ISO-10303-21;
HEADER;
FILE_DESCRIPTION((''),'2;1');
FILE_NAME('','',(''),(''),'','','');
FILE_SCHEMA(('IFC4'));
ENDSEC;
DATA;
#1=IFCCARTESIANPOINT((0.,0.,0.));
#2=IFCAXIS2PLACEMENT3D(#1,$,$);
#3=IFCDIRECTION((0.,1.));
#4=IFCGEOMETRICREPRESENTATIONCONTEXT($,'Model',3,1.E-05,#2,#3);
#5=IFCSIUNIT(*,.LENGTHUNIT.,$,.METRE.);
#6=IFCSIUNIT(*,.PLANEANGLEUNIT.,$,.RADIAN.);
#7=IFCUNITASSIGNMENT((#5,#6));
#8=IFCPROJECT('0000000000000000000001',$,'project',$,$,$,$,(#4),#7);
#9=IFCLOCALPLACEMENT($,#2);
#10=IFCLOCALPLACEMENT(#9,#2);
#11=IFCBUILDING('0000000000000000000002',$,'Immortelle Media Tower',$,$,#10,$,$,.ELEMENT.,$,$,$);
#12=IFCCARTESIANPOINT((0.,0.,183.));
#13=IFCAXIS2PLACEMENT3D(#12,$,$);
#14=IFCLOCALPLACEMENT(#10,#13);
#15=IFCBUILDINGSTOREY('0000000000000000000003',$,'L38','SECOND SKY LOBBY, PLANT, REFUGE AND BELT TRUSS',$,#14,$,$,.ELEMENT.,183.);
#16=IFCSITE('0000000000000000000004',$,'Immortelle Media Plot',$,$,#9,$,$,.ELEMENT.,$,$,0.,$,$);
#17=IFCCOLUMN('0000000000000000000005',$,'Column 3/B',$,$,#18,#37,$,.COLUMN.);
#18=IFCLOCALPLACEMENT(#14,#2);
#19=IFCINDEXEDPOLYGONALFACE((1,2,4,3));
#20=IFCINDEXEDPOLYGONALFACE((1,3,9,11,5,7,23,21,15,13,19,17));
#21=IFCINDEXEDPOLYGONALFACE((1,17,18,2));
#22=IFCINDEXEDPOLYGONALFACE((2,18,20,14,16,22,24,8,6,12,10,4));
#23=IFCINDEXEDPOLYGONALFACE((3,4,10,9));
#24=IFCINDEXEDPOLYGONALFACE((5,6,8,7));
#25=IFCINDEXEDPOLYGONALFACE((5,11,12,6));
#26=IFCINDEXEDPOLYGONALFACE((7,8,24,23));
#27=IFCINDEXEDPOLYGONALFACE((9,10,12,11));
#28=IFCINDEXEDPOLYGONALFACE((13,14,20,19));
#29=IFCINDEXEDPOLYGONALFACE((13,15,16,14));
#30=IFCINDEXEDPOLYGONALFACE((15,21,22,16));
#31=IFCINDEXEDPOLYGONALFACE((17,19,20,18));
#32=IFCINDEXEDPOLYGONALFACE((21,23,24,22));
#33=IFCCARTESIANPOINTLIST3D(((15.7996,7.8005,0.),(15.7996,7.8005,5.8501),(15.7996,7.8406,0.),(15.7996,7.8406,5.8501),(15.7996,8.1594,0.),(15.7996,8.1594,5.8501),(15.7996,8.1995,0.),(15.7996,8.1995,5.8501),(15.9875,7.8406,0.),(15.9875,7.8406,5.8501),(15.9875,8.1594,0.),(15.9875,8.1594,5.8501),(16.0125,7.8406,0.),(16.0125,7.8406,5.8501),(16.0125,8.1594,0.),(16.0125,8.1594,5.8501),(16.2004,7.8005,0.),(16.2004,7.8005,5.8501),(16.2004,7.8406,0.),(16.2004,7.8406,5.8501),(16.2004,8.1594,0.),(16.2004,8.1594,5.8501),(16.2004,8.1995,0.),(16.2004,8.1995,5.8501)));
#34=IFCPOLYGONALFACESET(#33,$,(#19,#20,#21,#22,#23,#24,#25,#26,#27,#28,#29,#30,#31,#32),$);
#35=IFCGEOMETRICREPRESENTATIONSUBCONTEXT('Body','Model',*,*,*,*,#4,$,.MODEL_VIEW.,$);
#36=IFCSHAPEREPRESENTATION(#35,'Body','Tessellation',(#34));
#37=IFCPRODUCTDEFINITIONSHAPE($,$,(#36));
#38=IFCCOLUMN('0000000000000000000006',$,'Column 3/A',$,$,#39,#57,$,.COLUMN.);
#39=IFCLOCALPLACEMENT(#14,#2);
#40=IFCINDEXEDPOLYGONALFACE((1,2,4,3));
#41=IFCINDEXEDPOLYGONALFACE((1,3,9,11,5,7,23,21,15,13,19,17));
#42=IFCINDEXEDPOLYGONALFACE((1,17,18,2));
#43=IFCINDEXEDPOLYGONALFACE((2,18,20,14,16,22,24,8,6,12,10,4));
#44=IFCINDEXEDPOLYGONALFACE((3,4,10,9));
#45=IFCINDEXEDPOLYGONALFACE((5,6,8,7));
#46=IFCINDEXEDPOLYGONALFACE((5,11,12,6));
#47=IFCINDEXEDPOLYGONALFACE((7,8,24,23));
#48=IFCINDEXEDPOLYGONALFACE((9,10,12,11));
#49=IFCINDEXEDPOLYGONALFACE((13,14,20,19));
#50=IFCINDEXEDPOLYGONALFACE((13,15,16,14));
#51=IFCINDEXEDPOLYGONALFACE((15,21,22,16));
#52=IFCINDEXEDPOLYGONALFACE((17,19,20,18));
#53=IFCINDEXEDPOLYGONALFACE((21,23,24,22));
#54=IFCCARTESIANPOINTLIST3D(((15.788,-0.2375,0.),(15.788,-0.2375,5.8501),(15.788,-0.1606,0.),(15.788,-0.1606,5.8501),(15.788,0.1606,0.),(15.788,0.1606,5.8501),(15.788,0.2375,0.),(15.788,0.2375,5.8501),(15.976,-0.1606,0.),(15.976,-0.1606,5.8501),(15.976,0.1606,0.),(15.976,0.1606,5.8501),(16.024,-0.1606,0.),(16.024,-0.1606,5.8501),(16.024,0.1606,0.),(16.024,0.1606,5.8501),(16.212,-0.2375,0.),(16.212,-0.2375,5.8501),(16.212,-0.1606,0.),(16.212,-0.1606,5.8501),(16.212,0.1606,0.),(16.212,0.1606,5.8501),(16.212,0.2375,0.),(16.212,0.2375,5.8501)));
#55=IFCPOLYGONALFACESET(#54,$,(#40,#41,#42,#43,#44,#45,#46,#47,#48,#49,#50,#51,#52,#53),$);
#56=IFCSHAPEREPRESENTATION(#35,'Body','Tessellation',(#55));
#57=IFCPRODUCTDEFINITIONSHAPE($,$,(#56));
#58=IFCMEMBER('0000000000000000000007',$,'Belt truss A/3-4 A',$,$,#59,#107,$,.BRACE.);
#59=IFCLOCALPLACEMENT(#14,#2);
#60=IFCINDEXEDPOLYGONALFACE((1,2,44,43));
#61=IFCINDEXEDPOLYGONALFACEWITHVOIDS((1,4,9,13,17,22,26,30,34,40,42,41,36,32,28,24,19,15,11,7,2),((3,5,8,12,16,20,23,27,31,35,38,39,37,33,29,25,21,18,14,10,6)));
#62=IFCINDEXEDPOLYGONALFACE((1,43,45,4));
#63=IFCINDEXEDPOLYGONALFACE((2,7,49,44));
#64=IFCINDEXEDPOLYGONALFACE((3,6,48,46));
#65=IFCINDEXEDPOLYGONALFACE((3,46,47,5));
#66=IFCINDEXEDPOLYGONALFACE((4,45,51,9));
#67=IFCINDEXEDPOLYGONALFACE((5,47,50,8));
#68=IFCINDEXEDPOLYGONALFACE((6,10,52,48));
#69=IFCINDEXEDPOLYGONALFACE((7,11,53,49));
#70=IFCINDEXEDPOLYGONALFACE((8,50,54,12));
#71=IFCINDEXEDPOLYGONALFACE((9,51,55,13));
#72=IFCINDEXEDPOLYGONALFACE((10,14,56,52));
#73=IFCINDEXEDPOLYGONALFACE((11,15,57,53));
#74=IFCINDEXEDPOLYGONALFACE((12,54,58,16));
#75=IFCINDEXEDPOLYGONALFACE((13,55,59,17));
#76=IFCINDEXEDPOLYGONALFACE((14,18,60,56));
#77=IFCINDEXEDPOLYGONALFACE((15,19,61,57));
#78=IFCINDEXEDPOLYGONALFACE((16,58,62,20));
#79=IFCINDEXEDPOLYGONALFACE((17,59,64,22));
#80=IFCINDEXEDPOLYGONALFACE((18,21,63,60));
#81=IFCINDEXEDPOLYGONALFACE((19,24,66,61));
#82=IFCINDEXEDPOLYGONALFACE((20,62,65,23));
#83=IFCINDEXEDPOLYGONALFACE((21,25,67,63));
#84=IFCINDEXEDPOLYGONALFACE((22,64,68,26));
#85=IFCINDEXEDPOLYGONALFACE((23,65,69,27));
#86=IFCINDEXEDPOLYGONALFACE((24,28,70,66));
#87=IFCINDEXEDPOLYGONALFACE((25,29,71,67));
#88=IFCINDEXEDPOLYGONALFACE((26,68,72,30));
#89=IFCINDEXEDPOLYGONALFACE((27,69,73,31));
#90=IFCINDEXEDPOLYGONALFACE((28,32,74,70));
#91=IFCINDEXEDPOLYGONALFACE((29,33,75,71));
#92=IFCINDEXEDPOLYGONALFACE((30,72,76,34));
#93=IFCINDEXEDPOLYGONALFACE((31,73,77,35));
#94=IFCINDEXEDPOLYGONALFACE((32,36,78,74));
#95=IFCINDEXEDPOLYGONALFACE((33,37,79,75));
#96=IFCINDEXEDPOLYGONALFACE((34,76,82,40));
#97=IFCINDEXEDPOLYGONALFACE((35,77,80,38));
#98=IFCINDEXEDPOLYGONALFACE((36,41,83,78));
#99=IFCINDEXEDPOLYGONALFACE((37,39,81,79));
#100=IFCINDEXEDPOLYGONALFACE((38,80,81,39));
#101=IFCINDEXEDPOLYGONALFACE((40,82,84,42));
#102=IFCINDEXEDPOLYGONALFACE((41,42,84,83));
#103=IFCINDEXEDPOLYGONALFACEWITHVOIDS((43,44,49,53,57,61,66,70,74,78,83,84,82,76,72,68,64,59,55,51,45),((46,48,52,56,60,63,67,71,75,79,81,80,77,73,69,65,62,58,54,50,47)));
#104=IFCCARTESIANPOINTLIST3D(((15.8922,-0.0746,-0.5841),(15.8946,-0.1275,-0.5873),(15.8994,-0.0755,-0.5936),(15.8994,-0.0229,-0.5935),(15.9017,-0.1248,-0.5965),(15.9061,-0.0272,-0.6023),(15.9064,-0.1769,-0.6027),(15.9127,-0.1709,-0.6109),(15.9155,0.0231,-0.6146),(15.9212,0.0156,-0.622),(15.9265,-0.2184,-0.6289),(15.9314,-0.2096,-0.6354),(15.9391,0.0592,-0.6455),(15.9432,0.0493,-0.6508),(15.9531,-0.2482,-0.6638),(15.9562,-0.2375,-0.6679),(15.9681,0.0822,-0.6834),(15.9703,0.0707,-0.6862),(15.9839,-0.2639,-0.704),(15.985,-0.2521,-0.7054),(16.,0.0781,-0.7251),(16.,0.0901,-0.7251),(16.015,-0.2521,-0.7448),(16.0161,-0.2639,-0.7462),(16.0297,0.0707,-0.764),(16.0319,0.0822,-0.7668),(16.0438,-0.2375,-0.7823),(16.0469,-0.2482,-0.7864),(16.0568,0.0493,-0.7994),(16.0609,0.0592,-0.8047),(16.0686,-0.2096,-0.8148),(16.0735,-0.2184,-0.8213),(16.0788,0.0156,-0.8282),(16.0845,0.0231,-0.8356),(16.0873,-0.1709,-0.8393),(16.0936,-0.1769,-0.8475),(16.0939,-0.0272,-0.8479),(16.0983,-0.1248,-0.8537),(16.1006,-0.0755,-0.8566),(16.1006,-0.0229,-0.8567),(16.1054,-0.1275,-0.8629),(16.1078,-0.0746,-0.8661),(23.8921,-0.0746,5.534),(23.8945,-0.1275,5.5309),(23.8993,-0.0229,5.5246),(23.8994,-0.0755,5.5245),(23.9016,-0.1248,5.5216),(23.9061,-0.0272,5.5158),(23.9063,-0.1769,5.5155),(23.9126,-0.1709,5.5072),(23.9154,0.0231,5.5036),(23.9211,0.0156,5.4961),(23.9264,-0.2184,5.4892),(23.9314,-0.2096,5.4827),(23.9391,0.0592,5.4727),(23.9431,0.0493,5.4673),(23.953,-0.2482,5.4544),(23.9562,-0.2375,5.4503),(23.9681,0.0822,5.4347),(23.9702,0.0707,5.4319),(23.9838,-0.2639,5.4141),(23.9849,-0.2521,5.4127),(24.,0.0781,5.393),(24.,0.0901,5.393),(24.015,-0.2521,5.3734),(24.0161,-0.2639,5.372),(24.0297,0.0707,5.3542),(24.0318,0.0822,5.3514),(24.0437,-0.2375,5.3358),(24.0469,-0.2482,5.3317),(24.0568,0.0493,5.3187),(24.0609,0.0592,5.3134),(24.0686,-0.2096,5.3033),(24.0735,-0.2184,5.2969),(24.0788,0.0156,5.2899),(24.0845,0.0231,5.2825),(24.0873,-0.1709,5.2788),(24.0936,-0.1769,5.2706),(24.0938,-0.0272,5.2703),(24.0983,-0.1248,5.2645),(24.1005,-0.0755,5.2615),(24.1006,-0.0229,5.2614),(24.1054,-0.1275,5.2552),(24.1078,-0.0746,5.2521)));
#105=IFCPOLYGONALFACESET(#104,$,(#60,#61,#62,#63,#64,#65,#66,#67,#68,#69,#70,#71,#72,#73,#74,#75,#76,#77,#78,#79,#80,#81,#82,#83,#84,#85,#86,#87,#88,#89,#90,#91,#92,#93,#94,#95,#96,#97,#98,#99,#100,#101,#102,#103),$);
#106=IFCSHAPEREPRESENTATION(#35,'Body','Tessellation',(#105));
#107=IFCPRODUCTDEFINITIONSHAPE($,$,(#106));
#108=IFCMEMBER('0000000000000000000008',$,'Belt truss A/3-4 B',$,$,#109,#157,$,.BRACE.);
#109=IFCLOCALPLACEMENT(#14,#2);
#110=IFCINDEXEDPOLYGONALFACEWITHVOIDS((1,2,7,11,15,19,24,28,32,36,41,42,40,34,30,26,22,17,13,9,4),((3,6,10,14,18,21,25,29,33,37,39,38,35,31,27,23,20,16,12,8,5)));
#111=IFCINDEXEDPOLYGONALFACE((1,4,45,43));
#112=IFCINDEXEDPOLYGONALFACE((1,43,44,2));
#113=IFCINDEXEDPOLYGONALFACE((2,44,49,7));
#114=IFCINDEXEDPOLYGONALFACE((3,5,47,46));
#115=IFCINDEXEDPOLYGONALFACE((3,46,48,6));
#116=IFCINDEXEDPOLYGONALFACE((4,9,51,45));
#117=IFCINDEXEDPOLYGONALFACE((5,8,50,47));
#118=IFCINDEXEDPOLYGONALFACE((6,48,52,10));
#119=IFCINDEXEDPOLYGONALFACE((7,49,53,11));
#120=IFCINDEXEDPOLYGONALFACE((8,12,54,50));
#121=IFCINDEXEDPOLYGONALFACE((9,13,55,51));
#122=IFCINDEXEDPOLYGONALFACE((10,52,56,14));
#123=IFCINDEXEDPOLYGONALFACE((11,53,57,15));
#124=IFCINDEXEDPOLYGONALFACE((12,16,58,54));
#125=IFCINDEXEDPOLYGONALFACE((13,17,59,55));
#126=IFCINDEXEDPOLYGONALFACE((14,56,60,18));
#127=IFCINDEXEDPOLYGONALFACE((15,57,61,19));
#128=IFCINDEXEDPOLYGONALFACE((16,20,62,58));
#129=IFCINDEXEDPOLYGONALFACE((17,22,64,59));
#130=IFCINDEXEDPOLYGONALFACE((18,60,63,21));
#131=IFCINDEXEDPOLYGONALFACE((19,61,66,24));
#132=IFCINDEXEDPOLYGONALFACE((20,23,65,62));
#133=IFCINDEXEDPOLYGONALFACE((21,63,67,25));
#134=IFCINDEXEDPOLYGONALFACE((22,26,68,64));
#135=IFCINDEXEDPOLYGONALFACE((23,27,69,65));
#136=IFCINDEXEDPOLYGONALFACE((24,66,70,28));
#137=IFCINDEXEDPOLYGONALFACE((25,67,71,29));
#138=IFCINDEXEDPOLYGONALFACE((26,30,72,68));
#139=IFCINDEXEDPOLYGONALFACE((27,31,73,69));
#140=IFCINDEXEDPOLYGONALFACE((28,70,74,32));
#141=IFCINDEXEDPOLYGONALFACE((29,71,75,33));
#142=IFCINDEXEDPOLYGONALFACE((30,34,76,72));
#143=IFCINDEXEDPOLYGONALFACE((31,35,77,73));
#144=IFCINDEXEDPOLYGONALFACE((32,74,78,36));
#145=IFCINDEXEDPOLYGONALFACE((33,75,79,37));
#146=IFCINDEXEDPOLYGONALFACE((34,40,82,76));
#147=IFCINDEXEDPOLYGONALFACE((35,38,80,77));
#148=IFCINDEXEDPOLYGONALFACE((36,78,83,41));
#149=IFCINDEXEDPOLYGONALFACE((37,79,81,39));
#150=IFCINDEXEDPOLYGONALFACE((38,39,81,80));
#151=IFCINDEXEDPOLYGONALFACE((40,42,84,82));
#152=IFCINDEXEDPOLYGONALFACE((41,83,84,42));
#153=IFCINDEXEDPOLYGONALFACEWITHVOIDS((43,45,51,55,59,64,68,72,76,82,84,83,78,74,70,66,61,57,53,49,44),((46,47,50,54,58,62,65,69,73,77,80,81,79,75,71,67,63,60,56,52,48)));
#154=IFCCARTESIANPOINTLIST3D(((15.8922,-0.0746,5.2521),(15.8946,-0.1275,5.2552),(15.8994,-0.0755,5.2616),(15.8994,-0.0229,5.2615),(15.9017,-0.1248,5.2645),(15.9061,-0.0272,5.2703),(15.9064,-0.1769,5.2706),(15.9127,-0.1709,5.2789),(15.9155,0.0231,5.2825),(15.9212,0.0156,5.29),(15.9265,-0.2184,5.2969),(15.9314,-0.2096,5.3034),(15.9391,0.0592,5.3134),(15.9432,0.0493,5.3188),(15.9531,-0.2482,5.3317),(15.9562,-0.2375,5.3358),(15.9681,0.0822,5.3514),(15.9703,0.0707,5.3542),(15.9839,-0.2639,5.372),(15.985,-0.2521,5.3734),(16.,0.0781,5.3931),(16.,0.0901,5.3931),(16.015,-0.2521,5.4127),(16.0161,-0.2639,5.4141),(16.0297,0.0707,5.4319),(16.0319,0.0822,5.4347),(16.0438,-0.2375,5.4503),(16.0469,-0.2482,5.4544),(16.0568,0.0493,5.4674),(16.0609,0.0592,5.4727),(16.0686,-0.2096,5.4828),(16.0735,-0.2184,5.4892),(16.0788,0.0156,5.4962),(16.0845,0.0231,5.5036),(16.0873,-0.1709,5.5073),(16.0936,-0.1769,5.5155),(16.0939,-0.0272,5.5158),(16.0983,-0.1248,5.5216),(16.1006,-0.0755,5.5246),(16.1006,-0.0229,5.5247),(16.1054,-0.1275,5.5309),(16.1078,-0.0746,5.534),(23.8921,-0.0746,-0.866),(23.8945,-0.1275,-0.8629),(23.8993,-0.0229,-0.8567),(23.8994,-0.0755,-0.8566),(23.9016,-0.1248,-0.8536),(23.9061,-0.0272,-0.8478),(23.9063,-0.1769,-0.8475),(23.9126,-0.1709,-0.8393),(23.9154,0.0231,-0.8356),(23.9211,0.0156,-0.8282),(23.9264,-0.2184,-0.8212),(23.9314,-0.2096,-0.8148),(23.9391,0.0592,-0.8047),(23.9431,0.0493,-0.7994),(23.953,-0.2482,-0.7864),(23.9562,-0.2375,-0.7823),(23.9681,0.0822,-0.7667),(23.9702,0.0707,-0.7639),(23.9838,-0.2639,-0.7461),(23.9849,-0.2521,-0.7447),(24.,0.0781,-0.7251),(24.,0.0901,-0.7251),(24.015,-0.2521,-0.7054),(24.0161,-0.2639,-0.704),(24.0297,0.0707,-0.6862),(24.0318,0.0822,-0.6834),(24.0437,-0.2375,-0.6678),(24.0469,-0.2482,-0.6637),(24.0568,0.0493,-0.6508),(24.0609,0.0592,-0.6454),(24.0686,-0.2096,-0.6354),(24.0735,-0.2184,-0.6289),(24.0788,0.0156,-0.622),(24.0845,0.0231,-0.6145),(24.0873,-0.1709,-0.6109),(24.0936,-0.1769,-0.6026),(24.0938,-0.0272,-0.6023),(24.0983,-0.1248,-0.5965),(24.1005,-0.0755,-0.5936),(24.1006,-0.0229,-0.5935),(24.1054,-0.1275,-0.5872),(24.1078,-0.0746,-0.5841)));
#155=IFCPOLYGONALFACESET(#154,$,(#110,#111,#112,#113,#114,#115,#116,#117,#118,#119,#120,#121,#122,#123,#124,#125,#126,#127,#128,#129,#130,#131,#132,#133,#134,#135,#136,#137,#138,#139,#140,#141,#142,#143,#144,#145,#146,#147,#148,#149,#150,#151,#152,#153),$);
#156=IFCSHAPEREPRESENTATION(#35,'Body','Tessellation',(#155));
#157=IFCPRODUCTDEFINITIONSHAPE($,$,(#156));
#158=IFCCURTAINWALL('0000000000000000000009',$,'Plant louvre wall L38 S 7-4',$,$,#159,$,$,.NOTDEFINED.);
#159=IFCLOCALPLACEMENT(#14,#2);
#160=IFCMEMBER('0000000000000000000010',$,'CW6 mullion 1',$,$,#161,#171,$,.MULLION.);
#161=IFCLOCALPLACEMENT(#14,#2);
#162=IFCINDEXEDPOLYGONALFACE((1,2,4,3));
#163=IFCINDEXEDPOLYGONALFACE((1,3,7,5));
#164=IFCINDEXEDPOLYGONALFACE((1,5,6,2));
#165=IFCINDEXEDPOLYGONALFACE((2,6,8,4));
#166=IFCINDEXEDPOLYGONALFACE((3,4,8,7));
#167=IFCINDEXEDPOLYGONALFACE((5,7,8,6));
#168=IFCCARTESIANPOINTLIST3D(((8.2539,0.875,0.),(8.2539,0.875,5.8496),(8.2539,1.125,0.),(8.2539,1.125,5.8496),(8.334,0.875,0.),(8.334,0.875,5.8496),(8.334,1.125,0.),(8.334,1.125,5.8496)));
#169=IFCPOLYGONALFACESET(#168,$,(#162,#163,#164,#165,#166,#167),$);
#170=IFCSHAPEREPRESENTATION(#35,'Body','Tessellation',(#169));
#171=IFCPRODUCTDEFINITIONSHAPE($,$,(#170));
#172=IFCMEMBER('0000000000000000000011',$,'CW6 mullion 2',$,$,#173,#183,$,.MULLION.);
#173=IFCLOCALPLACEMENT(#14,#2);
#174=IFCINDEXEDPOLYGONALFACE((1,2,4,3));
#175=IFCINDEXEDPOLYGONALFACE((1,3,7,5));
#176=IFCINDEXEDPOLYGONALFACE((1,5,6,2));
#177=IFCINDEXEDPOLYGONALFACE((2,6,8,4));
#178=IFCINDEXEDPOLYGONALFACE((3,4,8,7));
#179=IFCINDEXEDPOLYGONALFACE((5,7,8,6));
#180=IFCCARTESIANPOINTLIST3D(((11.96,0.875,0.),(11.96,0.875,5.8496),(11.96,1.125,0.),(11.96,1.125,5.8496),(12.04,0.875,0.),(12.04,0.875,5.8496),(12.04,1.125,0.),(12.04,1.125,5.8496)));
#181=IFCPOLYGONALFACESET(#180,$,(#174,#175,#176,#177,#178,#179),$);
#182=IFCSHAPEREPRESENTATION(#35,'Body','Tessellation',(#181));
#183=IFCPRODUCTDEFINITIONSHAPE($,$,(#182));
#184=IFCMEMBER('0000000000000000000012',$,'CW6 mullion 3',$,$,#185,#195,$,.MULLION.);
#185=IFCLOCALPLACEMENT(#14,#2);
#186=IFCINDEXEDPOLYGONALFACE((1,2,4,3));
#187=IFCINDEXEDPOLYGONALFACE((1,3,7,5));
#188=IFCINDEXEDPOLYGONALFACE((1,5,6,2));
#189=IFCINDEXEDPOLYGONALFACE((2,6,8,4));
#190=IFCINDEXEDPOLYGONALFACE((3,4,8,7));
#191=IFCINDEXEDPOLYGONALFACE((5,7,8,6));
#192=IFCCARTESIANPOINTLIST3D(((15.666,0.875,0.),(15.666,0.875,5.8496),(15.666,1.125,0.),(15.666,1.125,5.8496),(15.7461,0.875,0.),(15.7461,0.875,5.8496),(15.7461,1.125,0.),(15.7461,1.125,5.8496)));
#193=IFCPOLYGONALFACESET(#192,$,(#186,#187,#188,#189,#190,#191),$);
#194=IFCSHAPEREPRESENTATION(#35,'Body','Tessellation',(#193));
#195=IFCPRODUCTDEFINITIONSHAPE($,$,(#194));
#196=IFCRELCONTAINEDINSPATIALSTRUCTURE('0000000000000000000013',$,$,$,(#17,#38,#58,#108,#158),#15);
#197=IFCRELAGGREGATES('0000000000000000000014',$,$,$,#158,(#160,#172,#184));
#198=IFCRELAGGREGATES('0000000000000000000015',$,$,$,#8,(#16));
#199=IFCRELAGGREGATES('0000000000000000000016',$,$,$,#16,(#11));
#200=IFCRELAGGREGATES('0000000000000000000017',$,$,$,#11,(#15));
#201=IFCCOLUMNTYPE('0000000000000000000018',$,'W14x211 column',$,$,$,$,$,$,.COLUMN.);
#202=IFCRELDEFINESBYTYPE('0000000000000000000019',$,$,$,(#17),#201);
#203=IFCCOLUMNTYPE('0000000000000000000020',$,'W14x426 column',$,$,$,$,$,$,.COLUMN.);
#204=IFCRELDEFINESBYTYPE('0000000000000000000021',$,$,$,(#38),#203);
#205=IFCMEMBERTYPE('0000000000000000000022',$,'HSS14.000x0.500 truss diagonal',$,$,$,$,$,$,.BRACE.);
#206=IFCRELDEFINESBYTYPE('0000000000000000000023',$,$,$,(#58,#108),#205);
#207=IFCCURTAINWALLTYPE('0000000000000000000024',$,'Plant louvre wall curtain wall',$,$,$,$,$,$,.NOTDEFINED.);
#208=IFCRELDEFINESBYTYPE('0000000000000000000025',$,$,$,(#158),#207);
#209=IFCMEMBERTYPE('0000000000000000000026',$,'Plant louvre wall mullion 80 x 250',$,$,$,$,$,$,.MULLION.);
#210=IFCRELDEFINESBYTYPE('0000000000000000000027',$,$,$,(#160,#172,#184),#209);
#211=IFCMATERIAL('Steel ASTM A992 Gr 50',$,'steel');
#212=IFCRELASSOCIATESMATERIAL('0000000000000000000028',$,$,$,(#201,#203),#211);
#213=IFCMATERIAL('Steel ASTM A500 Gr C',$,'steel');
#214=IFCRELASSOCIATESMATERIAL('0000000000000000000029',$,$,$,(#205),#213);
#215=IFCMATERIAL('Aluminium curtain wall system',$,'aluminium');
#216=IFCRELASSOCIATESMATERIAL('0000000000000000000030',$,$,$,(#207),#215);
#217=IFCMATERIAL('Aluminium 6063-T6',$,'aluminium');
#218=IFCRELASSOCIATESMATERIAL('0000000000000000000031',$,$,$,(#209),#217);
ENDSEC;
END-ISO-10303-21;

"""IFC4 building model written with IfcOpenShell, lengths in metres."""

from ifc_helpers import new_model, si_unit, direction, frame, origin, origin_2d, place, context, subcontext, project, spatial, rectangle, hollow_circle, i_section, extrude, material, material_profile, profile_set, type_object, element, aggregate, save


model = new_model("IFC4")

# Units and contexts
model_context = context("Model", 3, precision=1e-05, world=origin(), true_north=direction((0.0, 1.0)))
body_context = subcontext(model_context, "Body", "Model", "MODEL_VIEW")
ifc_project = project(units=[si_unit("LENGTHUNIT", "METRE"), si_unit("PLANEANGLEUNIT", "RADIAN")], contexts=[model_context])

# Site, building, storey
site_placement = place(None, origin())
site = spatial("IfcSite", under=ifc_project, at=site_placement, Name="Immortelle Media Plot", CompositionType="ELEMENT", RefElevation=0.0)
building_placement = place(site_placement, origin())
building = spatial("IfcBuilding", under=site, at=building_placement, Name="Immortelle Media Tower", CompositionType="ELEMENT")
storey_placement = place(building_placement, frame((0.0, 0.0, 183.0)))
storey = spatial("IfcBuildingStorey", under=building, at=storey_placement, Name="L38", Description="SECOND SKY LOBBY, PLANT, REFUGE AND BELT TRUSS", CompositionType="ELEMENT", Elevation=183.0)

# Columns
ifc_material_1 = material(Name="Steel ASTM A992 Gr 50", Category="steel")
ifc_material_profile_1 = material_profile(ifc_material_1, i_section(OverallWidth=0.4009, OverallDepth=0.3989, WebThickness=0.0249, FlangeThickness=0.04, at=origin_2d()), Name="W14x211")
ifc_profile_set_1 = profile_set([ifc_material_profile_1], Name="Steel ASTM A992 Gr 50")
column_type_1 = type_object("IfcColumnType", Name="W14x211 column", PredefinedType="COLUMN", material=ifc_profile_set_1)
column_1_placement = place(storey_placement, frame((16.0, 8.0, 0.0), z_axis=(0.0, 0.0, 1.0), x_axis=(1.0, 0.0, 0.0)))
element("IfcColumn", 1, at=column_1_placement, inside=storey, type_object=column_type_1, Name="Column 3/B", PredefinedType="COLUMN", context=body_context, shape_type="SweptSolid", body=[
    extrude(i_section(OverallWidth=0.4009, OverallDepth=0.3989, WebThickness=0.0249, FlangeThickness=0.04, at=origin_2d()), origin(), (0.0, 0.0, 1.0), 5.8501),
])
ifc_material_profile_2 = material_profile(ifc_material_1, i_section(OverallWidth=0.4241, OverallDepth=0.4751, WebThickness=0.0481, FlangeThickness=0.0769, at=origin_2d()), Name="W14x426")
ifc_profile_set_2 = profile_set([ifc_material_profile_2], Name="Steel ASTM A992 Gr 50")
column_type_2 = type_object("IfcColumnType", Name="W14x426 column", PredefinedType="COLUMN", material=ifc_profile_set_2)
column_2_placement = place(storey_placement, frame((16.0, 0.0, 0.0), z_axis=(0.0, 0.0, 1.0), x_axis=(1.0, 0.0, 0.0)))
element("IfcColumn", 2, at=column_2_placement, inside=storey, type_object=column_type_2, Name="Column 3/A", PredefinedType="COLUMN", context=body_context, shape_type="SweptSolid", body=[
    extrude(i_section(OverallWidth=0.4241, OverallDepth=0.4751, WebThickness=0.0481, FlangeThickness=0.0769, at=origin_2d()), origin(), (0.0, 0.0, 1.0), 5.8501),
])

# Members
ifc_material_2 = material(Name="Steel ASTM A500 Gr C", Category="steel")
ifc_material_profile_3 = material_profile(ifc_material_2, hollow_circle(Radius=0.178, WallThickness=0.012, at=origin_2d()), Name="HSS14.000x0.500 truss diagonal")
ifc_profile_set_3 = profile_set([ifc_material_profile_3], Name="Steel ASTM A500 Gr C")
member_type_1 = type_object("IfcMemberType", Name="HSS14.000x0.500 truss diagonal", PredefinedType="BRACE", material=ifc_profile_set_3)
for number, where, z_axis, x_axis, name in (
    (3, (16.0, -0.0879, -0.7251), (0.794333, 0.0, 0.607482), (0.0, 1.0, 0.0), "Belt truss A/3-4 A"),
    (4, (16.0, -0.0879, 5.3931), (0.794333, 0.0, -0.607482), (0.0, 1.0, 0.0), "Belt truss A/3-4 B"),
):
    element("IfcMember", number, at=place(storey_placement, frame(where, z_axis=z_axis, x_axis=x_axis)), inside=storey, type_object=member_type_1, Name=name, PredefinedType="BRACE", context=body_context, shape_type="SweptSolid", body=[
        extrude(hollow_circle(Radius=0.178, WallThickness=0.012, at=origin_2d()), origin(), (0.0, 0.0, 1.0), 10.0713),
    ])

# Curtain wall, members
ifc_material_3 = material(Name="Aluminium curtain wall system", Category="aluminium")
curtain_wall_type = type_object("IfcCurtainWallType", Name="Plant louvre wall curtain wall", PredefinedType="NOTDEFINED", material=ifc_material_3)
curtain_wall_1_placement = place(storey_placement, origin())
curtain_wall_1 = element("IfcCurtainWall", 5, at=curtain_wall_1_placement, inside=storey, type_object=curtain_wall_type, Name="Plant louvre wall L38 S 7-4", PredefinedType="NOTDEFINED")
ifc_material_4 = material(Name="Aluminium 6063-T6", Category="aluminium")
ifc_material_profile_4 = material_profile(ifc_material_4, rectangle(XDim=0.25, YDim=0.0801, at=origin_2d()), Name="AL 80x250")
ifc_profile_set_4 = profile_set([ifc_material_profile_4], Name="Aluminium 6063-T6")
member_type_2 = type_object("IfcMemberType", Name="Plant louvre wall mullion 80 x 250", PredefinedType="MULLION", material=ifc_profile_set_4)
member_1_placement = place(storey_placement, frame((8.2939, 1.0, 0.0), z_axis=(0.0, 0.0, 1.0), x_axis=(0.0, 1.0, 0.0)))
member_1 = element("IfcMember", 6, at=member_1_placement, type_object=member_type_2, Name="CW6 mullion 1", PredefinedType="MULLION", context=body_context, shape_type="SweptSolid", body=[
    extrude(rectangle(XDim=0.25, YDim=0.0801, at=origin_2d()), origin(), (0.0, 0.0, 1.0), 5.8496),
])
member_2_placement = place(storey_placement, frame((12.0, 1.0, 0.0), z_axis=(0.0, 0.0, 1.0), x_axis=(0.0, 1.0, 0.0)))
member_2 = element("IfcMember", 7, at=member_2_placement, type_object=member_type_2, Name="CW6 mullion 2", PredefinedType="MULLION", context=body_context, shape_type="SweptSolid", body=[
    extrude(rectangle(XDim=0.25, YDim=0.0801, at=origin_2d()), origin(), (0.0, 0.0, 1.0), 5.8496),
])
member_3_placement = place(storey_placement, frame((15.7061, 1.0, 0.0), z_axis=(0.0, 0.0, 1.0), x_axis=(0.0, 1.0, 0.0)))
member_3 = element("IfcMember", 8, at=member_3_placement, type_object=member_type_2, Name="CW6 mullion 3", PredefinedType="MULLION", context=body_context, shape_type="SweptSolid", body=[
    extrude(rectangle(XDim=0.25, YDim=0.0801, at=origin_2d()), origin(), (0.0, 0.0, 1.0), 5.8496),
])

aggregate(curtain_wall_1, [member_1, member_2, member_3])

save(model, "model.ifc")
